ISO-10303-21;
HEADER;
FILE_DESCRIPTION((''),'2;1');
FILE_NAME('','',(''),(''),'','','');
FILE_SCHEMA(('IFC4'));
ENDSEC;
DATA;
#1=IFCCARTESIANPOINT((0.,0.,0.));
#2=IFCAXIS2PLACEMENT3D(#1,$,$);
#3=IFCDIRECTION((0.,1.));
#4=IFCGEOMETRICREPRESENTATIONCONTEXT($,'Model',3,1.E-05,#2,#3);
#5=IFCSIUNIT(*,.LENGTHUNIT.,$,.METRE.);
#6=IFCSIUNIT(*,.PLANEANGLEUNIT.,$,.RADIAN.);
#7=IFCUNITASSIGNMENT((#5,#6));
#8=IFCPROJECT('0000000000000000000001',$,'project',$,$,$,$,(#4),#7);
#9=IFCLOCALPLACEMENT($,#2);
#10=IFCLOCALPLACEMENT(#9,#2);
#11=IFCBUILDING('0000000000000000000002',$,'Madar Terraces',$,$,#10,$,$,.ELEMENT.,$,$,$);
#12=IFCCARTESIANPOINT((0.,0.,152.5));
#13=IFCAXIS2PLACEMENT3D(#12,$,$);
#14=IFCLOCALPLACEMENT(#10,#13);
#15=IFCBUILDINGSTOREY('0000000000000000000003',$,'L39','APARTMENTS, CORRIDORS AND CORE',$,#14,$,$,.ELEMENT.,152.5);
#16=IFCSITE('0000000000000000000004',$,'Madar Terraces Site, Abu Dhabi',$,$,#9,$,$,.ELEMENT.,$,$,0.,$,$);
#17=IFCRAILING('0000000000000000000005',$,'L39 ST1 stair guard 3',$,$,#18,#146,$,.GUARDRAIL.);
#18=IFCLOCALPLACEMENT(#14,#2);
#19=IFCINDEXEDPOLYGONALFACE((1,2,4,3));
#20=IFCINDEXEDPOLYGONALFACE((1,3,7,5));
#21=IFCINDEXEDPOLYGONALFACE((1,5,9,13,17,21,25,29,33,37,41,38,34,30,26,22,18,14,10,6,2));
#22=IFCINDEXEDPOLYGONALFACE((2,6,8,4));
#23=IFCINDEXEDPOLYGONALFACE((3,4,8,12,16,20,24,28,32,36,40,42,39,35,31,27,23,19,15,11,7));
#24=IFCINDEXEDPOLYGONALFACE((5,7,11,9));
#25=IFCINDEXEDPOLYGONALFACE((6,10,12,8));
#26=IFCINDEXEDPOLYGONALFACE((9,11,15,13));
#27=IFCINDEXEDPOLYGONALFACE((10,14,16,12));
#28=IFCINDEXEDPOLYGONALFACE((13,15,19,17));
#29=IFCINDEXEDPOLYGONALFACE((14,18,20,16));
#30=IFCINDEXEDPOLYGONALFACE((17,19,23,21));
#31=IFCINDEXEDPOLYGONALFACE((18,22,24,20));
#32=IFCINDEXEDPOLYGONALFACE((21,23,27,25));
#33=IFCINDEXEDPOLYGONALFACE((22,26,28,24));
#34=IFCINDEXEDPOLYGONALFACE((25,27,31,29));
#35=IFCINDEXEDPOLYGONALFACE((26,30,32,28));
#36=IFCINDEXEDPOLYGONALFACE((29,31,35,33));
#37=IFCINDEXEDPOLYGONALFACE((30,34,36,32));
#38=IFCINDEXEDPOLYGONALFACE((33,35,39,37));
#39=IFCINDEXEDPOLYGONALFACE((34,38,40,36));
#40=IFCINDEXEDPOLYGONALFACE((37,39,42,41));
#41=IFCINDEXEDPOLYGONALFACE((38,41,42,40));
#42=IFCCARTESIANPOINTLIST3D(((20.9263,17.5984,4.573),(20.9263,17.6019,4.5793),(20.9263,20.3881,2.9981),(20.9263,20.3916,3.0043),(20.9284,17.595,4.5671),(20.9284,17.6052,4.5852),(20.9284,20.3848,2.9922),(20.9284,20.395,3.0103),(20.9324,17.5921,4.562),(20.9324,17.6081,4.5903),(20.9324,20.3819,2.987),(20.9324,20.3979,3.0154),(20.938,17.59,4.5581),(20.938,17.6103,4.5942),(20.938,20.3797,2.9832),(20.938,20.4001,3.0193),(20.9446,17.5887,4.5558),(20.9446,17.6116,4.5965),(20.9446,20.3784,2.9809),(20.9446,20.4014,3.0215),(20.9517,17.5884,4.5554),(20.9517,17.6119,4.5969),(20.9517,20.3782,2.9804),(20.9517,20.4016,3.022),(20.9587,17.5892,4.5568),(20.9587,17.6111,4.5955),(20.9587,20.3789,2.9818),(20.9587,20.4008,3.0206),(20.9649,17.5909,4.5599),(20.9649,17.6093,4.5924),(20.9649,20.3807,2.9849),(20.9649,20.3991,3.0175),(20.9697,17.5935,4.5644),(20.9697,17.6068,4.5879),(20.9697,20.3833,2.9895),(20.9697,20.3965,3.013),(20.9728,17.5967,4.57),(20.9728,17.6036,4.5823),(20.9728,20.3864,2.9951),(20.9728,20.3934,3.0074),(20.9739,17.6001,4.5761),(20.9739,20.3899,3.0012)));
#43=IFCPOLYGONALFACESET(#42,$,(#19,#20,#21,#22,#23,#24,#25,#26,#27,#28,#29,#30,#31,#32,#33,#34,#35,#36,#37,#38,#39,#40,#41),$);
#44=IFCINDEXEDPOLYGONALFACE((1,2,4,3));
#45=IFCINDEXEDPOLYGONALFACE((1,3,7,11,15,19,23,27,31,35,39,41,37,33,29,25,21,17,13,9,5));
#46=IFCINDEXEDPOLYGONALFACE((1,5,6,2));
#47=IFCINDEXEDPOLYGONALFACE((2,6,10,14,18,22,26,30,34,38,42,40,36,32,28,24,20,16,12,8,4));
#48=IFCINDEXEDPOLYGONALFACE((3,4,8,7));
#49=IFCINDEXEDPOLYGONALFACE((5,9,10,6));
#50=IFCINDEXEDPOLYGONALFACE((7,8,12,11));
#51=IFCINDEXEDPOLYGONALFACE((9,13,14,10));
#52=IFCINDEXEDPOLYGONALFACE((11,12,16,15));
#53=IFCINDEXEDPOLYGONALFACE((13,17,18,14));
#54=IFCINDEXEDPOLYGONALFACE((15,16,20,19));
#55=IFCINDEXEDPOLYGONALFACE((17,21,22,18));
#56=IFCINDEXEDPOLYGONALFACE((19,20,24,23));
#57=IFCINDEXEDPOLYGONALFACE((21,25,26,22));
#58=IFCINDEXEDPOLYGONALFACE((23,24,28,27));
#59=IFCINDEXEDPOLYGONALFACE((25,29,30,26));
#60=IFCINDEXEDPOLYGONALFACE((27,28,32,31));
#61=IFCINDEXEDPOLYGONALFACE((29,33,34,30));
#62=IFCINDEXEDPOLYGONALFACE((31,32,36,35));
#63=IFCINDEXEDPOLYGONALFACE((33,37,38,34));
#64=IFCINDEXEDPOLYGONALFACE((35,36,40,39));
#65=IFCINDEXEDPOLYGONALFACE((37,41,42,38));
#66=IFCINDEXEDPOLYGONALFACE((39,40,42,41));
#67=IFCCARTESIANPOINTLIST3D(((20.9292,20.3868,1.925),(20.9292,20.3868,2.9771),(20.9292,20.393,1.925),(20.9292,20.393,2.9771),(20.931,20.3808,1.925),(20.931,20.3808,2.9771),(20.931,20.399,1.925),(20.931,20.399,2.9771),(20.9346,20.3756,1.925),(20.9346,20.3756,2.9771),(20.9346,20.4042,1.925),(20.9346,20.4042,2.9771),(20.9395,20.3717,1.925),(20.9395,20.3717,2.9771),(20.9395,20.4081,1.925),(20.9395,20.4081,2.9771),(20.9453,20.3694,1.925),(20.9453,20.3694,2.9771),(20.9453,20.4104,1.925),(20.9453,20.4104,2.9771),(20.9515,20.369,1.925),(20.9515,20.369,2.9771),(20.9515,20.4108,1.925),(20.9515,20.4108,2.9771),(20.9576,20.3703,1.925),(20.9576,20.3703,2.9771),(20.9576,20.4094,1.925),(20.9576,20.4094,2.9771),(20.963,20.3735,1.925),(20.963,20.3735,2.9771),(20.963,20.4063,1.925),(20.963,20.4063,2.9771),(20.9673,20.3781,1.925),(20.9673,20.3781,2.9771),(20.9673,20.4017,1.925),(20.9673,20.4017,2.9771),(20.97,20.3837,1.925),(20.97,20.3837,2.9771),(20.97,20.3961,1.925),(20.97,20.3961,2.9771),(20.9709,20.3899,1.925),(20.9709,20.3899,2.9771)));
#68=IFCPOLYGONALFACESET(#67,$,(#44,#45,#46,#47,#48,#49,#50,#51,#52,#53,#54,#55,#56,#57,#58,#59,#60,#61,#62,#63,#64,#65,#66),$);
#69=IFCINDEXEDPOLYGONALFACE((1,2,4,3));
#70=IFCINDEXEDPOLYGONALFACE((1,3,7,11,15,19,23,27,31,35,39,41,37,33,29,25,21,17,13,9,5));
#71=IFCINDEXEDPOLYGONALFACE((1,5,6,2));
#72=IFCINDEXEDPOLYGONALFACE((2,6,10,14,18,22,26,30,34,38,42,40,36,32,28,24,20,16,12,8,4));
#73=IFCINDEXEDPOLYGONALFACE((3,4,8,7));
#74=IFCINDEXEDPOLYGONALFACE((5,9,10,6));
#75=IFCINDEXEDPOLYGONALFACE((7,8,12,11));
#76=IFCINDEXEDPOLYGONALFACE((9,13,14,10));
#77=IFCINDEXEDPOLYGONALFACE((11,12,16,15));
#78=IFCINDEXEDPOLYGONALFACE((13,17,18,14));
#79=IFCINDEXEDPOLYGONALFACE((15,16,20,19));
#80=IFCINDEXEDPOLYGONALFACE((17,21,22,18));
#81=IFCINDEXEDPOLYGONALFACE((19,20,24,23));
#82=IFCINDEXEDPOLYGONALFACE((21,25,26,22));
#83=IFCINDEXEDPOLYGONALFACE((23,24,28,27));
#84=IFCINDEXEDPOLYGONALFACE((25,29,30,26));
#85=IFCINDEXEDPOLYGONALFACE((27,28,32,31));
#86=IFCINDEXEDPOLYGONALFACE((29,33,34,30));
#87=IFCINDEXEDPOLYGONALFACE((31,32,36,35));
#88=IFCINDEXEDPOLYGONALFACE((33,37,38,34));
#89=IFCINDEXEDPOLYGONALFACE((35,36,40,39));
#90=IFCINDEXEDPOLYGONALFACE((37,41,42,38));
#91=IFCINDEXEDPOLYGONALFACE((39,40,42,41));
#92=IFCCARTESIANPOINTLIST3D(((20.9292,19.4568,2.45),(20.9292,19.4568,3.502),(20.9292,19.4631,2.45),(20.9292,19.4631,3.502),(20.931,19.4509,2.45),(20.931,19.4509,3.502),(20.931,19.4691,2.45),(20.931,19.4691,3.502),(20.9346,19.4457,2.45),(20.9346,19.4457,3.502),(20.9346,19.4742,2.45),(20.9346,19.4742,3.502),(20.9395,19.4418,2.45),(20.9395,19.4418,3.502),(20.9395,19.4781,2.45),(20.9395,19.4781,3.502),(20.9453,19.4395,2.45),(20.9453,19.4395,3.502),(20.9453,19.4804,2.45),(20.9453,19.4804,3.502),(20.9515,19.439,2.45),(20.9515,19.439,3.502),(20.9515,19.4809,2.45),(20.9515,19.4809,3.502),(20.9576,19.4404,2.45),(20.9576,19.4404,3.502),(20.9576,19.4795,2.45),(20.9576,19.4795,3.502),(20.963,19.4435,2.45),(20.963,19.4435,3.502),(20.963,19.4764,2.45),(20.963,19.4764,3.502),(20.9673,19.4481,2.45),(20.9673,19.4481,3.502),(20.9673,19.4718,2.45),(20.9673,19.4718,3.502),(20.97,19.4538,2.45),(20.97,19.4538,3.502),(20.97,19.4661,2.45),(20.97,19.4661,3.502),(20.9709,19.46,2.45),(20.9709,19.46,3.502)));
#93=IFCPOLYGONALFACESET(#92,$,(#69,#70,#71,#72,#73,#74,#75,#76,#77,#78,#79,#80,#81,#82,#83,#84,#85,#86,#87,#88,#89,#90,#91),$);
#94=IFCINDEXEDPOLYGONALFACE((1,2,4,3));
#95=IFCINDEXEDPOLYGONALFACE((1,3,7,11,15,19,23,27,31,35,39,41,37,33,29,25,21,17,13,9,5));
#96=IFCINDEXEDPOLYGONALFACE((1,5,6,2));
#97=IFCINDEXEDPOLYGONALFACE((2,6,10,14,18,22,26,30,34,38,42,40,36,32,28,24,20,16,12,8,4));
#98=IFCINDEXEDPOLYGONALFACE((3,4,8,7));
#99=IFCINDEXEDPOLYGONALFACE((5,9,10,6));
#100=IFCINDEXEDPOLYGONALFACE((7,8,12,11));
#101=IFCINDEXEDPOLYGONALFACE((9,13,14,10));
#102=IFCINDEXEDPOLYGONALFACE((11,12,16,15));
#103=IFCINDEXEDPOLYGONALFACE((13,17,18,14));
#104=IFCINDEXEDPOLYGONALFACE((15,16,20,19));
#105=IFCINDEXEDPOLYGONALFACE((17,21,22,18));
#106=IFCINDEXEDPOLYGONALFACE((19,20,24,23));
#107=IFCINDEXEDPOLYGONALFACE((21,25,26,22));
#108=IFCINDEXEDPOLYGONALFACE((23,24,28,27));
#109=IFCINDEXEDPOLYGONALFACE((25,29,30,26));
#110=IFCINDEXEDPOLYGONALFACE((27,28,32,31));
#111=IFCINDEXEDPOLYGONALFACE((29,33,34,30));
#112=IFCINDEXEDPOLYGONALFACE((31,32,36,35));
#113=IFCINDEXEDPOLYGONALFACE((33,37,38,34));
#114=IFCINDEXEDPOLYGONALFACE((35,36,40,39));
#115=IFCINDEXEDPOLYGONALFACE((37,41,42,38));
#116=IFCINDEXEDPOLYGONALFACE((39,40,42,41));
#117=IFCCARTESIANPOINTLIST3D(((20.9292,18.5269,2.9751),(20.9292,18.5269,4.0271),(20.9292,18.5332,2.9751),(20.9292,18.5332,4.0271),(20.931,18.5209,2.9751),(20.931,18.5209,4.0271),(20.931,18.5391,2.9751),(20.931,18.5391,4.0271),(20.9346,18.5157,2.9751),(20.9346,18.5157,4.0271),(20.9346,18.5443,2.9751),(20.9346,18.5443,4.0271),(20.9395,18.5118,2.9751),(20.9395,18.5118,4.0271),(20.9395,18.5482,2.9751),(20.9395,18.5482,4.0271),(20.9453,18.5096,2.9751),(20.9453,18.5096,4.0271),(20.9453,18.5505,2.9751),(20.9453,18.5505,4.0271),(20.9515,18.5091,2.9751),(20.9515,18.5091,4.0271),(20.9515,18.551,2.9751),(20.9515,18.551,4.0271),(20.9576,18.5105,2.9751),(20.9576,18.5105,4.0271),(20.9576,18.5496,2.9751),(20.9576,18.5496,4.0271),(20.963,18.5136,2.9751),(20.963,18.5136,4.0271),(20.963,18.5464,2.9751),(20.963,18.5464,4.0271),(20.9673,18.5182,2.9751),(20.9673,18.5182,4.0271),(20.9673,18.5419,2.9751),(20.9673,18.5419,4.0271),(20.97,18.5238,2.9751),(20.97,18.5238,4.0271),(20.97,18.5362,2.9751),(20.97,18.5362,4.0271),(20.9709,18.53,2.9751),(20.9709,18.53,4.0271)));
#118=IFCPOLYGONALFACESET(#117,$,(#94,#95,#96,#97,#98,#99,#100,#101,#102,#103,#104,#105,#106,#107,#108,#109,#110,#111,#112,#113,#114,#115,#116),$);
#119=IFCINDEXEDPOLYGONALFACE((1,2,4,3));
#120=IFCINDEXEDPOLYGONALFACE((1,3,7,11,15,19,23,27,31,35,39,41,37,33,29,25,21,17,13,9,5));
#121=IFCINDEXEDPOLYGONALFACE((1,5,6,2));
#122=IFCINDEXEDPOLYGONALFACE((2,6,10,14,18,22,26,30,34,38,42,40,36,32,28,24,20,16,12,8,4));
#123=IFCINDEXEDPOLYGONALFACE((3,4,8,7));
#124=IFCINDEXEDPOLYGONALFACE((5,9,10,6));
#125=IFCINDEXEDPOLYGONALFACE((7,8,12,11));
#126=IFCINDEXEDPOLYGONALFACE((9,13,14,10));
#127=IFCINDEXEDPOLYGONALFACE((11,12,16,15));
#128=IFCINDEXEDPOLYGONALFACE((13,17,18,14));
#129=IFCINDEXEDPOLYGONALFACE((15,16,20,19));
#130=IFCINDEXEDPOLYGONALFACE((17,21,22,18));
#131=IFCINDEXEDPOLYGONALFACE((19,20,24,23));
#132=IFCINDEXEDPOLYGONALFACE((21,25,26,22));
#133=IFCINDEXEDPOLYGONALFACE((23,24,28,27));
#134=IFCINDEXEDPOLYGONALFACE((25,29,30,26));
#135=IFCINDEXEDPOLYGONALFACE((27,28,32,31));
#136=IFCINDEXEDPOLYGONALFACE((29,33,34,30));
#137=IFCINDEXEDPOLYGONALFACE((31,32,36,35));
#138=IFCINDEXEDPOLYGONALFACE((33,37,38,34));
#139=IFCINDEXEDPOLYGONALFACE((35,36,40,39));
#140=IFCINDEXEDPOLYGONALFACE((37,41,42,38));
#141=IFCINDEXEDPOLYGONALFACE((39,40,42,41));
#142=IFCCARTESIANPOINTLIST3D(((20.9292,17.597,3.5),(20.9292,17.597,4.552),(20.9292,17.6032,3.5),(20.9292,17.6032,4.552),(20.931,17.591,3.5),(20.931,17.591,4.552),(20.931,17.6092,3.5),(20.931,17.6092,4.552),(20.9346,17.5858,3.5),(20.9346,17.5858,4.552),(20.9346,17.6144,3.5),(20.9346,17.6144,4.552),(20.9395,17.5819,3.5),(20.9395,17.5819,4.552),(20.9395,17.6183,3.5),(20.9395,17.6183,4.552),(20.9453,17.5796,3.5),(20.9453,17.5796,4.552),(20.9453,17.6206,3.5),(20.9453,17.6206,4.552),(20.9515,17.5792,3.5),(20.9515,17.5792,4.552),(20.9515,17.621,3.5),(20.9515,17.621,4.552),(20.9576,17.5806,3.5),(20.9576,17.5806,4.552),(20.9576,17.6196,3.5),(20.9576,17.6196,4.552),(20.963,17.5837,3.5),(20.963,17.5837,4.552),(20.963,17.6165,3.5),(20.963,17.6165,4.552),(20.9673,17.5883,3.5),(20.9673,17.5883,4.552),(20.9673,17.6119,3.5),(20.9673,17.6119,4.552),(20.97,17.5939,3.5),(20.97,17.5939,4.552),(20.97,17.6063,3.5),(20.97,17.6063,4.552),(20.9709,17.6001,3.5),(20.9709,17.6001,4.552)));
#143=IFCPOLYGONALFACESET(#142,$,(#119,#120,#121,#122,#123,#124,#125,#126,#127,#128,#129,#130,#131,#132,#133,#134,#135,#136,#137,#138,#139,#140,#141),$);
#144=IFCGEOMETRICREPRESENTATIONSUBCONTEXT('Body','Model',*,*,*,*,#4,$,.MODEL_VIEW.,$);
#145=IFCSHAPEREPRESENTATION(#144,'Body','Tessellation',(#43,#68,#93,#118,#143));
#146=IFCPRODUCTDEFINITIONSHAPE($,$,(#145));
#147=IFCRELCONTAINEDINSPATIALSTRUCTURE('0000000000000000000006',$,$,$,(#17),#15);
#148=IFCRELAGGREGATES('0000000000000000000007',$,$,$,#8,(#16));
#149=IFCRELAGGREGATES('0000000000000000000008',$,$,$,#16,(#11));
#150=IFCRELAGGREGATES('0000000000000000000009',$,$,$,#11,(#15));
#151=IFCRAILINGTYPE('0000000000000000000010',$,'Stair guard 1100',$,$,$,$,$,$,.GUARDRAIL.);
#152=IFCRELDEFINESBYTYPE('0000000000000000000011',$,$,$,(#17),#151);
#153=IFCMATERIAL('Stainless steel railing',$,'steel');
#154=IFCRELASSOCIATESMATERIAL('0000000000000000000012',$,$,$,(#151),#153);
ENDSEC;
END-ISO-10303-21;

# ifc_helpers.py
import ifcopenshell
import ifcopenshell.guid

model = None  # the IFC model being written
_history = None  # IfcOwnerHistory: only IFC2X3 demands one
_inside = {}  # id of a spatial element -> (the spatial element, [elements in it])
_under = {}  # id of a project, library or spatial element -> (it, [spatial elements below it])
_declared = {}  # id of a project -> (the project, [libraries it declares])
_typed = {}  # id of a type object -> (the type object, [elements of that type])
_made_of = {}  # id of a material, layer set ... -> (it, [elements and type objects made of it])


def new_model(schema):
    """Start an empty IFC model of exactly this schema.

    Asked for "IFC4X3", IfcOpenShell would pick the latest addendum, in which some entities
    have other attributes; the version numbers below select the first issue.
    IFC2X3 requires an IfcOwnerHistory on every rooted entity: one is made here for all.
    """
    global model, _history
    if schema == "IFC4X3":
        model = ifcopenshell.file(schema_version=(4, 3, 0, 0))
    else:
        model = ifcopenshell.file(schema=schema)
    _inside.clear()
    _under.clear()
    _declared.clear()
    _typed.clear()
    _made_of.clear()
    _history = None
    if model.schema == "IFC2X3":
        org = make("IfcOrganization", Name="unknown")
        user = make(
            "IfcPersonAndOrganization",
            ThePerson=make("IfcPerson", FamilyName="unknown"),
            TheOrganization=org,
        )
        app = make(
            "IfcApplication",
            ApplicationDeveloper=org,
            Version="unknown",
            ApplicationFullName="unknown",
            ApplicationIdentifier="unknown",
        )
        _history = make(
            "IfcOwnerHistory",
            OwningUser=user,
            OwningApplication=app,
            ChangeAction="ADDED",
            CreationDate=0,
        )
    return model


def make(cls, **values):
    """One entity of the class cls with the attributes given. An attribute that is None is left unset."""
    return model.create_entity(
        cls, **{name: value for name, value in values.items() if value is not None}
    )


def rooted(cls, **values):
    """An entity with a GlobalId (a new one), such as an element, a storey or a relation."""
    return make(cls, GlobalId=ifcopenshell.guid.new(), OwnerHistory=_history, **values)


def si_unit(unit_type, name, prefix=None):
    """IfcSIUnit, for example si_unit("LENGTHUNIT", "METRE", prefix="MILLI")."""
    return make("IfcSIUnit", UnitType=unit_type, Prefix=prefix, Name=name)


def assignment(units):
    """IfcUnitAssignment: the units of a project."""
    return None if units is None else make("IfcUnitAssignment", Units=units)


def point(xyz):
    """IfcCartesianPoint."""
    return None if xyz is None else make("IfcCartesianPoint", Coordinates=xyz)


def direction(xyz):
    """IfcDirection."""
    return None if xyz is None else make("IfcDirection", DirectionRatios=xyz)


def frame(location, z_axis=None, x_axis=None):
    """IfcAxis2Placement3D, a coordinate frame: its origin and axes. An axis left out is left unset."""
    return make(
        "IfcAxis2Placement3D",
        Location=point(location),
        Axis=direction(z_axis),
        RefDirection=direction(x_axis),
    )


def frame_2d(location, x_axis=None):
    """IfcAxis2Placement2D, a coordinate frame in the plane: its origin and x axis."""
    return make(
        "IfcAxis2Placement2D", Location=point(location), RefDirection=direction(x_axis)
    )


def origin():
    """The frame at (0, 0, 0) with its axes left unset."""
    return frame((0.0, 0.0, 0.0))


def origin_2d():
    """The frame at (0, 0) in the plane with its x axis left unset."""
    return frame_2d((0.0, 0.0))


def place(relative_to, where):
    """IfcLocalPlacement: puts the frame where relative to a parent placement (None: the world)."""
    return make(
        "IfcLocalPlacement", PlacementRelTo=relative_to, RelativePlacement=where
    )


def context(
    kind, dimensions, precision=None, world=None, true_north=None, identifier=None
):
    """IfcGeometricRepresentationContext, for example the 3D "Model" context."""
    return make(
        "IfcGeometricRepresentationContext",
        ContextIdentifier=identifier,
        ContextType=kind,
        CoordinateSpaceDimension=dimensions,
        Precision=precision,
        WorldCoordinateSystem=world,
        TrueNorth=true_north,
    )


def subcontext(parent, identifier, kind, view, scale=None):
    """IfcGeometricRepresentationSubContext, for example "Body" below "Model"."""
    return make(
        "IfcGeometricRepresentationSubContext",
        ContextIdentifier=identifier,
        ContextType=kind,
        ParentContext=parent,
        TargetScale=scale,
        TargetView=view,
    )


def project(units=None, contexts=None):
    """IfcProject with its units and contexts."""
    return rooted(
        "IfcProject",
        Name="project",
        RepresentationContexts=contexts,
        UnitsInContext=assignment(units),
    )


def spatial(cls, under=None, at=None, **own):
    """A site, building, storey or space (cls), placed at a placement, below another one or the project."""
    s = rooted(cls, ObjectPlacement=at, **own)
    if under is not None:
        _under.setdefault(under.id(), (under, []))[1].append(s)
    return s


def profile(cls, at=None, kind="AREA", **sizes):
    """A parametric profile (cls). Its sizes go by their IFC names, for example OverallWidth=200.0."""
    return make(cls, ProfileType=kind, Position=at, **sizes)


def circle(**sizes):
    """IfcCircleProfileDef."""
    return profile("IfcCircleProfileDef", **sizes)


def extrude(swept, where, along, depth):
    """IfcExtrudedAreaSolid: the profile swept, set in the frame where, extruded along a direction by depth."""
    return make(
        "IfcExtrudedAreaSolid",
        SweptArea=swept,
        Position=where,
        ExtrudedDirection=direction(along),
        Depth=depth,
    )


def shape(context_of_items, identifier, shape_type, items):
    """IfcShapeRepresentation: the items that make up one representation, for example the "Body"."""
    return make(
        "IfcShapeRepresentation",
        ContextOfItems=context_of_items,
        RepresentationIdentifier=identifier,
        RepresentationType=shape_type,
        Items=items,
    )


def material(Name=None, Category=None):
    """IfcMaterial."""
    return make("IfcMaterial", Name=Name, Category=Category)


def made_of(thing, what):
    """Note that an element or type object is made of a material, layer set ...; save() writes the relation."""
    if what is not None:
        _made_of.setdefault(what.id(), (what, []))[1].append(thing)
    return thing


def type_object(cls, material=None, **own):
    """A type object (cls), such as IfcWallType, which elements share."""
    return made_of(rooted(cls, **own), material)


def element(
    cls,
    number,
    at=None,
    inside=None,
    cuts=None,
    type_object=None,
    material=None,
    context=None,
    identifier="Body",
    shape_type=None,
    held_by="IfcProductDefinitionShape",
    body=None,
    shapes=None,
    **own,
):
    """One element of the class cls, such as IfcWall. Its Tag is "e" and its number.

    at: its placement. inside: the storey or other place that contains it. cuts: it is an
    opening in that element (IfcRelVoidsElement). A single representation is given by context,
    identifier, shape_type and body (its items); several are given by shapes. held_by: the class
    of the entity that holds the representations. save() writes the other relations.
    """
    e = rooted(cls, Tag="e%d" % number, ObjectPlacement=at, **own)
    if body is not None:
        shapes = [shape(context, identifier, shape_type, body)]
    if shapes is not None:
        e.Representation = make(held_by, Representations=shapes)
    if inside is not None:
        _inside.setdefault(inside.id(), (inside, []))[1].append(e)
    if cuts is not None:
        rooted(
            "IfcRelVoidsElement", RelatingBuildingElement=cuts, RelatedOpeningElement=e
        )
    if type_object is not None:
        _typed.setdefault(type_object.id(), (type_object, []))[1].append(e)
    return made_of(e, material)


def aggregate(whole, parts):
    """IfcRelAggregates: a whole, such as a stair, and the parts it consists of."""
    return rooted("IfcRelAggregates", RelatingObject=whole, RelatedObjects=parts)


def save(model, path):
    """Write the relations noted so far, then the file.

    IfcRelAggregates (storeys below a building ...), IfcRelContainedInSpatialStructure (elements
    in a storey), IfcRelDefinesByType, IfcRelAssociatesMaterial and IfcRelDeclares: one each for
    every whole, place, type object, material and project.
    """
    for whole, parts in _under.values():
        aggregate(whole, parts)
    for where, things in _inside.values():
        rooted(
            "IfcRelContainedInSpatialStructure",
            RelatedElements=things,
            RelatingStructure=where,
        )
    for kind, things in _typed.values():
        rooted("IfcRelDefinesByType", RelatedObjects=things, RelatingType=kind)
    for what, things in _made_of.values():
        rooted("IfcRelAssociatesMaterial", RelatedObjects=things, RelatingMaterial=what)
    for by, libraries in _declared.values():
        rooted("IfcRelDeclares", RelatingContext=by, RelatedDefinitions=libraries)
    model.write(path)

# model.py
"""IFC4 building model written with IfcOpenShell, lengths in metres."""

from ifc_helpers import new_model, si_unit, direction, frame, origin, origin_2d, place, context, subcontext, project, spatial, circle, extrude, material, type_object, element, save


model = new_model("IFC4")

# Units and contexts
model_context = context("Model", 3, precision=1e-05, world=origin(), true_north=direction((0.0, 1.0)))
body_context = subcontext(model_context, "Body", "Model", "MODEL_VIEW")
ifc_project = project(units=[si_unit("LENGTHUNIT", "METRE"), si_unit("PLANEANGLEUNIT", "RADIAN")], contexts=[model_context])

# Site, building, storey
site_placement = place(None, origin())
site = spatial("IfcSite", under=ifc_project, at=site_placement, Name="Madar Terraces Site, Abu Dhabi", CompositionType="ELEMENT", RefElevation=0.0)
building_placement = place(site_placement, origin())
building = spatial("IfcBuilding", under=site, at=building_placement, Name="Madar Terraces", CompositionType="ELEMENT")
storey_placement = place(building_placement, frame((0.0, 0.0, 152.5)))
storey = spatial("IfcBuildingStorey", under=building, at=storey_placement, Name="L39", Description="APARTMENTS, CORRIDORS AND CORE", CompositionType="ELEMENT", Elevation=152.5)

# Railing
ifc_material_1 = material(Name="Stainless steel railing", Category="steel")
railing_type_1 = type_object("IfcRailingType", Name="Stair guard 1100", PredefinedType="GUARDRAIL", material=ifc_material_1)
railing_1_placement = place(storey_placement, frame((20.95, 20.3899, 1.925)))
element("IfcRailing", 1, at=railing_1_placement, inside=storey, type_object=railing_type_1, Name="L39 ST1 stair guard 3", PredefinedType="GUARDRAIL", context=body_context, shape_type="SweptSolid", body=[
    extrude(circle(Radius=0.0239, at=origin_2d()), frame((0.0, 0.0, 1.0762), z_axis=(0.0, -0.870815, 0.49161), x_axis=(1.0, 0.0, 0.0)), (0.0, 0.0, 1.0), 3.2036),
    extrude(circle(Radius=0.021, at=origin_2d()), origin(), (0.0, 0.0, 1.0), 1.052),
    extrude(circle(Radius=0.021, at=origin_2d()), frame((0.0, -0.9299, 0.5249)), (0.0, 0.0, 1.0), 1.052),
    extrude(circle(Radius=0.021, at=origin_2d()), frame((0.0, -1.8599, 1.05)), (0.0, 0.0, 1.0), 1.052),
    extrude(circle(Radius=0.021, at=origin_2d()), frame((0.0, -2.7898, 1.575)), (0.0, 0.0, 1.0), 1.052),
])

save(model, "model.ifc")
